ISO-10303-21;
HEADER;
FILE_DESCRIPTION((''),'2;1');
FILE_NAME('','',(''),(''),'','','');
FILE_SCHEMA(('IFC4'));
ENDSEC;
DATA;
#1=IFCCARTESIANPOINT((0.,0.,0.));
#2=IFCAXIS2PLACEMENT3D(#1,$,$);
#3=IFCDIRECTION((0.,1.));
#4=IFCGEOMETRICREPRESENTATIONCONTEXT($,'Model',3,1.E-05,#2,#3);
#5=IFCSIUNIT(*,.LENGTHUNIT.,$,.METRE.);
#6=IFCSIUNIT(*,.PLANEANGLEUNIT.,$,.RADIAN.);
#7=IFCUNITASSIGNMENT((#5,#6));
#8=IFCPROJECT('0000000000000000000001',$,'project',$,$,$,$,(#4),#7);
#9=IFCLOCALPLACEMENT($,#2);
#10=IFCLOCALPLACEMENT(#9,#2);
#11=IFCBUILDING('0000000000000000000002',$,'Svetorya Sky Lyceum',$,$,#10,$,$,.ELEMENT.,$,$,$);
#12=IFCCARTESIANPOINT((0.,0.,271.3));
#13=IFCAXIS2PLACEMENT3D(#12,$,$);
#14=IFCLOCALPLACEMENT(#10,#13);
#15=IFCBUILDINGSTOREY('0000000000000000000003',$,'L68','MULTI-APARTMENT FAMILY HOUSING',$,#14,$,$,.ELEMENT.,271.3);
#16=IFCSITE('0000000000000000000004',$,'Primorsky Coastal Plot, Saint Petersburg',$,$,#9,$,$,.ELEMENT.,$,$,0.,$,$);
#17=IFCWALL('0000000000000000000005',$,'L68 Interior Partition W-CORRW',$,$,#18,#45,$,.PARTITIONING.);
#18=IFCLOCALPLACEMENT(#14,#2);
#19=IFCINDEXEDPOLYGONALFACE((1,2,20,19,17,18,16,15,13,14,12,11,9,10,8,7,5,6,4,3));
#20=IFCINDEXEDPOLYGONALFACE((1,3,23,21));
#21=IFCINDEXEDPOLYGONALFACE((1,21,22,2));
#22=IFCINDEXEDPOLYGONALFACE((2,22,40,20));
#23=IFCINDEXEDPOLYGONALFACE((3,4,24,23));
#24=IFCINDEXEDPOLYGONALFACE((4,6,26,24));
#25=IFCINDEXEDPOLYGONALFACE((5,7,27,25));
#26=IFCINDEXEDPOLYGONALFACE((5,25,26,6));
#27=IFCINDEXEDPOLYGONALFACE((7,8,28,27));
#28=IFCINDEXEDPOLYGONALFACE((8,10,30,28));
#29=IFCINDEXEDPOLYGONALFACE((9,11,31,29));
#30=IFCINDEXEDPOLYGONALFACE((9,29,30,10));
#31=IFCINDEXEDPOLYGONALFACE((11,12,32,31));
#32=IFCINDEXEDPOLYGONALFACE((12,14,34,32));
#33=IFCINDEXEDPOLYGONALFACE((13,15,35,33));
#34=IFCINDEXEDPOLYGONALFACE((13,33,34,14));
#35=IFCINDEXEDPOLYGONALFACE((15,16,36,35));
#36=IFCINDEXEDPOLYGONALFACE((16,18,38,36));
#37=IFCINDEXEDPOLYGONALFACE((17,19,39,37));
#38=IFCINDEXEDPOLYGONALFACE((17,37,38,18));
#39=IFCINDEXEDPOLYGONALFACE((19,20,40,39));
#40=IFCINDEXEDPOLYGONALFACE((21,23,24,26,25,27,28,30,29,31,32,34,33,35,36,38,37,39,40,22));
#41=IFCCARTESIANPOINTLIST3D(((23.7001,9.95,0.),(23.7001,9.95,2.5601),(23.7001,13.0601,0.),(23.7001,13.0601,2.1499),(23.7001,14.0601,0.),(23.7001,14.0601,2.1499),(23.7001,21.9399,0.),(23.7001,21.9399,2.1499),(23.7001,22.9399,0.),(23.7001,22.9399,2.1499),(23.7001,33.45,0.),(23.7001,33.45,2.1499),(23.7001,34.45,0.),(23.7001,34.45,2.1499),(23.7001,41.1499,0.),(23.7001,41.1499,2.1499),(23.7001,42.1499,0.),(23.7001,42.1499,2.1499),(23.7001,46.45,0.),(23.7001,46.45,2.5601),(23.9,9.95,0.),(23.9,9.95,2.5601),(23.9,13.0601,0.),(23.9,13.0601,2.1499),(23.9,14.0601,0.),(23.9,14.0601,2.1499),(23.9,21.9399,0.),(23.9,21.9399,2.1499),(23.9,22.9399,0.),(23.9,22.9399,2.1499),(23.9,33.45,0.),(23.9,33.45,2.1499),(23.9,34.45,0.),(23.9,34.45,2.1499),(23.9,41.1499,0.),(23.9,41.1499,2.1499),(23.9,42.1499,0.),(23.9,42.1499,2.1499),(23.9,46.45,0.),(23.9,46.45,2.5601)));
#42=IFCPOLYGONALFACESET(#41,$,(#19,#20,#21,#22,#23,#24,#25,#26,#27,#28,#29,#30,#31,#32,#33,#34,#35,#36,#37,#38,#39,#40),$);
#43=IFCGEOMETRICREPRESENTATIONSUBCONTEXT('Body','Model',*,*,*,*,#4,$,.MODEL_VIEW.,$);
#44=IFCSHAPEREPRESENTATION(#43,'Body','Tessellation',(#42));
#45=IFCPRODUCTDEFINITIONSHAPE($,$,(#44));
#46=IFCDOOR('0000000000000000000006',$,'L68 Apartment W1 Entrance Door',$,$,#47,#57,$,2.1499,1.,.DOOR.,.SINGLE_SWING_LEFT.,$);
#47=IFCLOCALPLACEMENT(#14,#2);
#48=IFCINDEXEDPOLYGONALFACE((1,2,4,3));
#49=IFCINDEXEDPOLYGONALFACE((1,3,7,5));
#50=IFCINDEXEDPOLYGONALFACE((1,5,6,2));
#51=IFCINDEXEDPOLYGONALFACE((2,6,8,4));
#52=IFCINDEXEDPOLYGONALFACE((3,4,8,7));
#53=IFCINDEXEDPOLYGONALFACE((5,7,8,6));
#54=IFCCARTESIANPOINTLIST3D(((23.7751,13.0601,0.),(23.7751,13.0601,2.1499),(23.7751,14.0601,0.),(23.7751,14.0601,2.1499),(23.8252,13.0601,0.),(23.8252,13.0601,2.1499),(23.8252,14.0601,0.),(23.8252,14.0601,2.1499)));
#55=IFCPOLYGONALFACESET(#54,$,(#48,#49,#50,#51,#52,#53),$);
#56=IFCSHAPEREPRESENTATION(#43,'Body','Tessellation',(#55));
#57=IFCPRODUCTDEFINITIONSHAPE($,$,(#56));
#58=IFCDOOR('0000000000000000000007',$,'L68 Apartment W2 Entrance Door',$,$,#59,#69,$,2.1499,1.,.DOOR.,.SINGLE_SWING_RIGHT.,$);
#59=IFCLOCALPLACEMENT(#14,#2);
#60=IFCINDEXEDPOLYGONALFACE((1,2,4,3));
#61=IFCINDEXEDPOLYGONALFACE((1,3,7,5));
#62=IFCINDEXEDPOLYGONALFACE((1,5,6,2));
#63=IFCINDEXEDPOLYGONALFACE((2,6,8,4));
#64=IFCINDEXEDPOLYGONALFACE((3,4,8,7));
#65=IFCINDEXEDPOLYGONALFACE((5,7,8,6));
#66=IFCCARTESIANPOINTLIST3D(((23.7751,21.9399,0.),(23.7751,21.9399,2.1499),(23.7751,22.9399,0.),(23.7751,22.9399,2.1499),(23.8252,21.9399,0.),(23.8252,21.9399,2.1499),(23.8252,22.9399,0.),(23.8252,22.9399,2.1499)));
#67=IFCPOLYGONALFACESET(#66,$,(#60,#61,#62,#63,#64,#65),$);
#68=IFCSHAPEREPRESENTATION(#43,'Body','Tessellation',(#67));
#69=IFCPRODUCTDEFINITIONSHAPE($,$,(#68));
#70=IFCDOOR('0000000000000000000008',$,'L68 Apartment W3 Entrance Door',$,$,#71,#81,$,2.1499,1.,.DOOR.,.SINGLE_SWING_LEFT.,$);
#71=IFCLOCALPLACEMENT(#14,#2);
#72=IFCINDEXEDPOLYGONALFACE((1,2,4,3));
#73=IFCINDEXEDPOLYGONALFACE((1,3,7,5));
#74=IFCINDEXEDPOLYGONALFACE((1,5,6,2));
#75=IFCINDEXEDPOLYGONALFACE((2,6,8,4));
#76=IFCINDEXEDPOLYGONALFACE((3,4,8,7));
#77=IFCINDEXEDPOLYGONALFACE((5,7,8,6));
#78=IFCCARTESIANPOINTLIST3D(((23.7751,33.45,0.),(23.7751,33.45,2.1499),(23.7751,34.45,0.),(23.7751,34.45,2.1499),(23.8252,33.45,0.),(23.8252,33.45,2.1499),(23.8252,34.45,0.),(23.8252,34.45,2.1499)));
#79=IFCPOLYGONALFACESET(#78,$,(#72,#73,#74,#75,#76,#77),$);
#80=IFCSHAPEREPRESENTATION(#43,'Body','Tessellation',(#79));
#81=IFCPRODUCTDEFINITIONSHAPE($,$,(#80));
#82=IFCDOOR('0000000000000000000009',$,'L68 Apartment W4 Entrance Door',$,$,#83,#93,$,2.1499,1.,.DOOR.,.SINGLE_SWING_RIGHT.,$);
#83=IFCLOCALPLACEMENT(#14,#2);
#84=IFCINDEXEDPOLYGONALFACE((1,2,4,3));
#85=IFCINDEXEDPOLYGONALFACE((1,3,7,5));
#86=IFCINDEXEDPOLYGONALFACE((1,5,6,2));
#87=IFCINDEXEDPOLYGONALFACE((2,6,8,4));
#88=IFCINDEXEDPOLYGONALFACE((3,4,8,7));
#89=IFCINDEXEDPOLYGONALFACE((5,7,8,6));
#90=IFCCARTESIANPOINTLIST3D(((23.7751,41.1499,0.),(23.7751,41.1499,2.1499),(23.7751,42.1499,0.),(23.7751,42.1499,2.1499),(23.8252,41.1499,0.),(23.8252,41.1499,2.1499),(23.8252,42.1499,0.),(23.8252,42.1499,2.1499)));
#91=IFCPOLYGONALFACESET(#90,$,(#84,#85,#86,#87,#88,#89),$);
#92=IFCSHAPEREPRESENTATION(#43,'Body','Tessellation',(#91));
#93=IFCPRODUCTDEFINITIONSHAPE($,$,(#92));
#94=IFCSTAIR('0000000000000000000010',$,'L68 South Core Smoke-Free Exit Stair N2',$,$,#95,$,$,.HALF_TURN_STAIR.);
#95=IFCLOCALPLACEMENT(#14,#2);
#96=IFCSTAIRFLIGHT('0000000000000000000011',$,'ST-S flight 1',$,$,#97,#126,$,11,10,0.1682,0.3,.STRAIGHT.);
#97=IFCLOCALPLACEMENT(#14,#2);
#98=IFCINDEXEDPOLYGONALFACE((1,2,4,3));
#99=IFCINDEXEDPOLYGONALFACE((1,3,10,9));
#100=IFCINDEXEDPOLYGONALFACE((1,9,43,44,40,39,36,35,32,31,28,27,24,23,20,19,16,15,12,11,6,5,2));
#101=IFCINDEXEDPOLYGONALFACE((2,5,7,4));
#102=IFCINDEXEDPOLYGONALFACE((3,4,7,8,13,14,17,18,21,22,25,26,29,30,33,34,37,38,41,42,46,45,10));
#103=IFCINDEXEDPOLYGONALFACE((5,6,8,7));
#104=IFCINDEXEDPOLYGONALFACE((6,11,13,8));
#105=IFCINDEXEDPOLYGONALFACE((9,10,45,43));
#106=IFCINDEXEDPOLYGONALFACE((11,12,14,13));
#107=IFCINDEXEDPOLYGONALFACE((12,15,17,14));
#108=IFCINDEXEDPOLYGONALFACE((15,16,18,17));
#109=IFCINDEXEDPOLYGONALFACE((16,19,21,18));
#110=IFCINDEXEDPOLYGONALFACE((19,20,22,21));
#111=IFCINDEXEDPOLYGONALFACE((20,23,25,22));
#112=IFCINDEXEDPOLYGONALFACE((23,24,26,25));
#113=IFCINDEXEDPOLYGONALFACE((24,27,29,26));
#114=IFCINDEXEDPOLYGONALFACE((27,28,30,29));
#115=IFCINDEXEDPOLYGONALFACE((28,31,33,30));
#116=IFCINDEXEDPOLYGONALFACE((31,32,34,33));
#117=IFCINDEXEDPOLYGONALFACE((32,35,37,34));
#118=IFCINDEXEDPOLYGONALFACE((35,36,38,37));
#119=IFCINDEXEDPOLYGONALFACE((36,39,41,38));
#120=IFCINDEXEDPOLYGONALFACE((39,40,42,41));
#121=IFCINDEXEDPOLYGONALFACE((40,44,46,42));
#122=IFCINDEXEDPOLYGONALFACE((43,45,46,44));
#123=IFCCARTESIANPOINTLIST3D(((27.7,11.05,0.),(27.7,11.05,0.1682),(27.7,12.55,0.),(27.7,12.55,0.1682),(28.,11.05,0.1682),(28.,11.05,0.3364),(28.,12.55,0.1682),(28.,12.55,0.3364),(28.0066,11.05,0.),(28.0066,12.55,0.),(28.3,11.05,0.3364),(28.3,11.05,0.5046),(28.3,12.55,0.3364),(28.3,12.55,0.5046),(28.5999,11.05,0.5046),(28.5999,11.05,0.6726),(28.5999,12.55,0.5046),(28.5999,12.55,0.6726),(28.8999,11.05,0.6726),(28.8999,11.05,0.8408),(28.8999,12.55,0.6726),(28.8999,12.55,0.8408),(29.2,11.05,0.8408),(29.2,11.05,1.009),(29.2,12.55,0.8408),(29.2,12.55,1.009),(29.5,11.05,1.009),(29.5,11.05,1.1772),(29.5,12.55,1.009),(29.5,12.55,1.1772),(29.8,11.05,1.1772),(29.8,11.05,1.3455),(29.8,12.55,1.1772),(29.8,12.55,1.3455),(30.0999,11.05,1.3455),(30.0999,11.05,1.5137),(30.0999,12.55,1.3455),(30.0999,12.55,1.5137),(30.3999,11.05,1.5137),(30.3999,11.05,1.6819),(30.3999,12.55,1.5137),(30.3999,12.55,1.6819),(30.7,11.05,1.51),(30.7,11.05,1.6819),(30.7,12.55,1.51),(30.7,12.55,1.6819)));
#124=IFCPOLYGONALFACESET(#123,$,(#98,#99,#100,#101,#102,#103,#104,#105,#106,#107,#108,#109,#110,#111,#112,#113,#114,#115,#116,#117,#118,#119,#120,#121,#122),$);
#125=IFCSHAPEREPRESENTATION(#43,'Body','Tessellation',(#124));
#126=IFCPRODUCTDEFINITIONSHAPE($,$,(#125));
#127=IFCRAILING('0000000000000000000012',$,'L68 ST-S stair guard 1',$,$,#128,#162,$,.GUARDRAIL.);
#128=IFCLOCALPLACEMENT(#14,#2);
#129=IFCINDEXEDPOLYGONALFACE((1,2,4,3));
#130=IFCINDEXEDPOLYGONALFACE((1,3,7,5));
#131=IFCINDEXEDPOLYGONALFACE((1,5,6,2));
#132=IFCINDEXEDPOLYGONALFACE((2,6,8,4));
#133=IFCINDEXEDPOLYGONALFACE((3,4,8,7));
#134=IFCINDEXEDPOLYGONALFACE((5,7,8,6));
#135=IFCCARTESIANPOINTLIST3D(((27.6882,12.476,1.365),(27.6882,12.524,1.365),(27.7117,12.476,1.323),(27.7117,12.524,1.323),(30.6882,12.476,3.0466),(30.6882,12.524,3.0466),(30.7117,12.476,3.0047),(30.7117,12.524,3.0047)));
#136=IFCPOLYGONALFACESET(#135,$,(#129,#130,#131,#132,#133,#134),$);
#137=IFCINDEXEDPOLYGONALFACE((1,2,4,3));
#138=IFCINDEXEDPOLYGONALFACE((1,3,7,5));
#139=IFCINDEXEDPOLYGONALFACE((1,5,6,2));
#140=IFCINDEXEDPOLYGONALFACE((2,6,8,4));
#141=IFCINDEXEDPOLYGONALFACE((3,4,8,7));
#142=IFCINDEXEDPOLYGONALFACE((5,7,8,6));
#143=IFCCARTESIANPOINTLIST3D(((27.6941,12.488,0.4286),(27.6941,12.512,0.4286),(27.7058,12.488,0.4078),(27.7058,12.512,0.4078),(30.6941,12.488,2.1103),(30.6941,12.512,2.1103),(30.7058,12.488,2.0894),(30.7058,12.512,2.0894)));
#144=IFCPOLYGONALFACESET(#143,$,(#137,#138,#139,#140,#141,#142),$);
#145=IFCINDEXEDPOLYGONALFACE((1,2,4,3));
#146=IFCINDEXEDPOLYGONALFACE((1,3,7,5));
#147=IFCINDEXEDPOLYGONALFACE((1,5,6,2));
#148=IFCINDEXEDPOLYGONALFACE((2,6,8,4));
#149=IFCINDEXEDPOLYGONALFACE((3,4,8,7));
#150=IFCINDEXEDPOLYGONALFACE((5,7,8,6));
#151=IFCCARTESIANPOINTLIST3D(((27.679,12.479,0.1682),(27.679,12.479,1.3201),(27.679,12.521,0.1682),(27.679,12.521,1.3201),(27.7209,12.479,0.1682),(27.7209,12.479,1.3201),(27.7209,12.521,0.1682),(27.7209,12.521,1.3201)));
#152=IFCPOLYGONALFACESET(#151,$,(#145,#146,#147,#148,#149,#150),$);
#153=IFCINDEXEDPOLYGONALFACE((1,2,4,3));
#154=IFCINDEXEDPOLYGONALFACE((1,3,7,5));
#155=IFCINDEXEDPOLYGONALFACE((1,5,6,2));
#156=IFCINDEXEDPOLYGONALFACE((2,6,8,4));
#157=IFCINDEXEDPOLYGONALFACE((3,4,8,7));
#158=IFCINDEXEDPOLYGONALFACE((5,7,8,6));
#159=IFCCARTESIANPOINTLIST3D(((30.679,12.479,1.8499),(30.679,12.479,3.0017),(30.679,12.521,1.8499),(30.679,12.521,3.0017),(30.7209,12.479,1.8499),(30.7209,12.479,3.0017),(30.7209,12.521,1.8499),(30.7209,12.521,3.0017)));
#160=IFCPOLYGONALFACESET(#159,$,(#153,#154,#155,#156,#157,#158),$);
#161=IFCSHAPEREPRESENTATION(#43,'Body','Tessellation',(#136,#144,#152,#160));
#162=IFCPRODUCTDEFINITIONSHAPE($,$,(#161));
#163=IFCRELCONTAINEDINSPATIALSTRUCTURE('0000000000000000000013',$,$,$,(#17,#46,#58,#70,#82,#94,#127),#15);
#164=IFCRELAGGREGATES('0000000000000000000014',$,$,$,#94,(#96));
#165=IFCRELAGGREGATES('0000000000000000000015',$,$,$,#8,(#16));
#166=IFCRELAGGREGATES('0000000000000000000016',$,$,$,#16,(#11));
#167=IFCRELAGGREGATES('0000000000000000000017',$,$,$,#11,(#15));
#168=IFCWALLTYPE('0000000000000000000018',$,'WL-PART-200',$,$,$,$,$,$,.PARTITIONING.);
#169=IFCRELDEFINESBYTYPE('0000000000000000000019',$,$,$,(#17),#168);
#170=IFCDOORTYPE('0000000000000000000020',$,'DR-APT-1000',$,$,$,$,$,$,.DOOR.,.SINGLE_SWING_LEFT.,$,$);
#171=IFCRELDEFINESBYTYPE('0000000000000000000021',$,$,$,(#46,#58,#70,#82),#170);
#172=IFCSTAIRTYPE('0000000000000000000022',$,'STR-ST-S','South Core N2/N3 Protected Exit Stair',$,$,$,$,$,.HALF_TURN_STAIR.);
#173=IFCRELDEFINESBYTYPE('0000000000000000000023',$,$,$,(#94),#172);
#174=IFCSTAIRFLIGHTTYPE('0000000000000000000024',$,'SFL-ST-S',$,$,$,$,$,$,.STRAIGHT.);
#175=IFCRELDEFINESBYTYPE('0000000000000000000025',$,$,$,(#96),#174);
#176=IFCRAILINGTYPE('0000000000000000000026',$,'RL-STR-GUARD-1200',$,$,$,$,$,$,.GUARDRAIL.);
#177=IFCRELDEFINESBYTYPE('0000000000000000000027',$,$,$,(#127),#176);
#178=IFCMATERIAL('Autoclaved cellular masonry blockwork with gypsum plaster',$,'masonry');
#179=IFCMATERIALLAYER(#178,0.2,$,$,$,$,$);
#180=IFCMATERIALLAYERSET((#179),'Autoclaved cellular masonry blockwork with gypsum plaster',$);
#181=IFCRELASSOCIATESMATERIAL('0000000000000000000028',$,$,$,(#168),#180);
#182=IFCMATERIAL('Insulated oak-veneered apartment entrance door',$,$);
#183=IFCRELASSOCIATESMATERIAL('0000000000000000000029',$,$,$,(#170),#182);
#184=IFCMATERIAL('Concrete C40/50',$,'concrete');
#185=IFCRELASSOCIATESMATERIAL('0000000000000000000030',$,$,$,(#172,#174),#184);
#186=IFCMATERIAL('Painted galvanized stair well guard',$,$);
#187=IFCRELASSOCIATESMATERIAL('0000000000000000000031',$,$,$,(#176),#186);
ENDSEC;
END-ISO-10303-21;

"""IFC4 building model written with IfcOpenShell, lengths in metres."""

from ifc_helpers import new_model, si_unit, direction, frame, frame_2d, origin, origin_2d, place, context, subcontext, project, spatial, polyline, rectangle, outline, extrude, material, layer, layer_set, type_object, element, fill, aggregate, save


model = new_model("IFC4")

# Units and contexts
model_context = context("Model", 3, precision=1e-05, world=origin(), true_north=direction((0.0, 1.0)))
body_context = subcontext(model_context, "Body", "Model", "MODEL_VIEW")
ifc_project = project(units=[si_unit("LENGTHUNIT", "METRE"), si_unit("PLANEANGLEUNIT", "RADIAN")], contexts=[model_context])

# Site, building, storey
site_placement = place(None, origin())
site = spatial("IfcSite", under=ifc_project, at=site_placement, Name="Primorsky Coastal Plot, Saint Petersburg", CompositionType="ELEMENT", RefElevation=0.0)
building_placement = place(site_placement, origin())
building = spatial("IfcBuilding", under=site, at=building_placement, Name="Svetorya Sky Lyceum", CompositionType="ELEMENT")
storey_placement = place(building_placement, frame((0.0, 0.0, 271.3)))
storey = spatial("IfcBuildingStorey", under=building, at=storey_placement, Name="L68", Description="MULTI-APARTMENT FAMILY HOUSING", CompositionType="ELEMENT", Elevation=271.3)

# Shared definitions
ifc_material_1 = material(Name="Concrete C40/50", Category="concrete")

# Wall, openings, doors
ifc_material_2 = material(Name="Autoclaved cellular masonry blockwork with gypsum plaster", Category="masonry")
ifc_layer_1 = layer(ifc_material_2, 0.2)
ifc_layer_set_1 = layer_set([ifc_layer_1], Name="Autoclaved cellular masonry blockwork with gypsum plaster")
wall_type_1 = type_object("IfcWallType", Name="WL-PART-200", PredefinedType="PARTITIONING", material=ifc_layer_set_1)
wall_1_placement = place(storey_placement, frame((23.8, 9.95, 0.0), z_axis=(0.0, 0.0, 1.0), x_axis=(0.0, 1.0, 0.0)))
wall_1 = element("IfcWall", 1, at=wall_1_placement, inside=storey, type_object=wall_type_1, Name="L68 Interior Partition W-CORRW", PredefinedType="PARTITIONING", context=body_context, shape_type="SweptSolid", body=[
    extrude(rectangle(XDim=36.5, YDim=0.2, at=frame_2d((18.25, 0.0))), origin(), (0.0, 0.0, 1.0), 2.5601),
])
opening_1_placement = place(wall_1_placement, frame((3.1101, 0.0, 0.0)))
opening_1 = element("IfcOpeningElement", 2, at=opening_1_placement, cuts=wall_1, PredefinedType="OPENING", context=body_context, shape_type="SweptSolid", body=[
    extrude(rectangle(XDim=1.0, YDim=2.1499, at=frame_2d((0.5, 1.075))), frame((0.0, 0.1099, 0.0), z_axis=(0.0, -1.0, 0.0), x_axis=(1.0, 0.0, 0.0)), (0.0, 0.0, 1.0), 0.22),
])
opening_2_placement = place(wall_1_placement, frame((11.99, 0.0, 0.0)))
opening_2 = element("IfcOpeningElement", 3, at=opening_2_placement, cuts=wall_1, PredefinedType="OPENING", context=body_context, shape_type="SweptSolid", body=[
    extrude(rectangle(XDim=1.0, YDim=2.1499, at=frame_2d((0.5, 1.075))), frame((0.0, 0.1099, 0.0), z_axis=(0.0, -1.0, 0.0), x_axis=(1.0, 0.0, 0.0)), (0.0, 0.0, 1.0), 0.22),
])
opening_3_placement = place(wall_1_placement, frame((23.5, 0.0, 0.0)))
opening_3 = element("IfcOpeningElement", 4, at=opening_3_placement, cuts=wall_1, PredefinedType="OPENING", context=body_context, shape_type="SweptSolid", body=[
    extrude(rectangle(XDim=1.0, YDim=2.1499, at=frame_2d((0.5, 1.075))), frame((0.0, 0.1099, 0.0), z_axis=(0.0, -1.0, 0.0), x_axis=(1.0, 0.0, 0.0)), (0.0, 0.0, 1.0), 0.22),
])
opening_4_placement = place(wall_1_placement, frame((31.2, 0.0, 0.0)))
opening_4 = element("IfcOpeningElement", 5, at=opening_4_placement, cuts=wall_1, PredefinedType="OPENING", context=body_context, shape_type="SweptSolid", body=[
    extrude(rectangle(XDim=1.0, YDim=2.1499, at=frame_2d((0.5, 1.075))), frame((0.0, 0.1099, 0.0), z_axis=(0.0, -1.0, 0.0), x_axis=(1.0, 0.0, 0.0)), (0.0, 0.0, 1.0), 0.22),
])
ifc_material_3 = material(Name="Insulated oak-veneered apartment entrance door")
door_type = type_object("IfcDoorType", Name="DR-APT-1000", OperationType="SINGLE_SWING_LEFT", PredefinedType="DOOR", material=ifc_material_3)
door_1_placement = place(opening_1_placement, origin())
door_1 = element("IfcDoor", 6, at=door_1_placement, inside=storey, type_object=door_type, Name="L68 Apartment W1 Entrance Door", OperationType="SINGLE_SWING_LEFT", OverallHeight=2.1499, OverallWidth=1.0, PredefinedType="DOOR", context=body_context, shape_type="SweptSolid", body=[
    extrude(rectangle(XDim=1.0, YDim=2.1499, at=frame_2d((0.5, 1.075))), frame((0.0, 0.0249, 0.0), z_axis=(0.0, -1.0, 0.0), x_axis=(1.0, 0.0, 0.0)), (0.0, 0.0, 1.0), 0.05),
])
fill(opening_1, door_1)
door_2_placement = place(opening_2_placement, origin())
door_2 = element("IfcDoor", 7, at=door_2_placement, inside=storey, type_object=door_type, Name="L68 Apartment W2 Entrance Door", OperationType="SINGLE_SWING_RIGHT", OverallHeight=2.1499, OverallWidth=1.0, PredefinedType="DOOR", context=body_context, shape_type="SweptSolid", body=[
    extrude(rectangle(XDim=1.0, YDim=2.1499, at=frame_2d((0.5, 1.075))), frame((0.0, 0.0249, 0.0), z_axis=(0.0, -1.0, 0.0), x_axis=(1.0, 0.0, 0.0)), (0.0, 0.0, 1.0), 0.05),
])
fill(opening_2, door_2)
door_3_placement = place(opening_3_placement, origin())
door_3 = element("IfcDoor", 8, at=door_3_placement, inside=storey, type_object=door_type, Name="L68 Apartment W3 Entrance Door", OperationType="SINGLE_SWING_LEFT", OverallHeight=2.1499, OverallWidth=1.0, PredefinedType="DOOR", context=body_context, shape_type="SweptSolid", body=[
    extrude(rectangle(XDim=1.0, YDim=2.1499, at=frame_2d((0.5, 1.075))), frame((0.0, 0.0249, 0.0), z_axis=(0.0, -1.0, 0.0), x_axis=(1.0, 0.0, 0.0)), (0.0, 0.0, 1.0), 0.05),
])
fill(opening_3, door_3)
door_4_placement = place(opening_4_placement, origin())
door_4 = element("IfcDoor", 9, at=door_4_placement, inside=storey, type_object=door_type, Name="L68 Apartment W4 Entrance Door", OperationType="SINGLE_SWING_RIGHT", OverallHeight=2.1499, OverallWidth=1.0, PredefinedType="DOOR", context=body_context, shape_type="SweptSolid", body=[
    extrude(rectangle(XDim=1.0, YDim=2.1499, at=frame_2d((0.5, 1.075))), frame((0.0, 0.0249, 0.0), z_axis=(0.0, -1.0, 0.0), x_axis=(1.0, 0.0, 0.0)), (0.0, 0.0, 1.0), 0.05),
])
fill(opening_4, door_4)

# Stair, stair flight
stair_type = type_object("IfcStairType", Name="STR-ST-S", Description="South Core N2/N3 Protected Exit Stair", PredefinedType="HALF_TURN_STAIR", material=ifc_material_1)
stair_placement = place(storey_placement, origin())
stair = element("IfcStair", 10, at=stair_placement, inside=storey, type_object=stair_type, Name="L68 South Core Smoke-Free Exit Stair N2", PredefinedType="HALF_TURN_STAIR")
stair_flight_type = type_object("IfcStairFlightType", Name="SFL-ST-S", PredefinedType="STRAIGHT", material=ifc_material_1)
stair_flight_placement = place(storey_placement, frame((27.7, 11.8, 0.0), z_axis=(0.0, 0.0, 1.0), x_axis=(1.0, 0.0, 0.0)))
stair_flight = element("IfcStairFlight", 11, at=stair_flight_placement, type_object=stair_flight_type, Name="ST-S flight 1", NumberOfRisers=11, NumberOfTreads=10, PredefinedType="STRAIGHT", RiserHeight=0.1682, TreadLength=0.3, context=body_context, shape_type="SweptSolid", body=[
    extrude(outline(polyline([(0.0, 0.0), (0.0, 0.1682), (0.3, 0.1682), (0.3, 0.3364), (0.6001, 0.3364), (0.6001, 0.5046), (0.8999, 0.5046), (0.8999, 0.6726), (1.2, 0.6726), (1.2, 0.8408), (1.5, 0.8408), (1.5, 1.009), (1.8, 1.009), (1.8, 1.1772), (2.1001, 1.1772), (2.1001, 1.3455), (2.3999, 1.3455), (2.3999, 1.5137), (2.7, 1.5137), (2.7, 1.6819), (3.0, 1.6819), (3.0, 1.8501), (3.0, 1.51), (0.3066, 0.0), (0.0, 0.0)])), frame((0.0, 0.75, 0.0), z_axis=(0.0, -1.0, 0.0), x_axis=(1.0, 0.0, 0.0)), (0.0, 0.0, 1.0), 1.5),
])
aggregate(stair, [stair_flight])

# Railing
ifc_material_4 = material(Name="Painted galvanized stair well guard")
railing_type_1 = type_object("IfcRailingType", Name="RL-STR-GUARD-1200", PredefinedType="GUARDRAIL", material=ifc_material_4)
railing_1_placement = place(storey_placement, frame((27.7, 12.5, 0.1682)))
element("IfcRailing", 12, at=railing_1_placement, inside=storey, type_object=railing_type_1, Name="L68 ST-S stair guard 1", PredefinedType="GUARDRAIL", context=body_context, shape_type="SweptSolid", body=[
    extrude(rectangle(XDim=0.0481, YDim=0.0481, at=origin_2d()), frame((0.0, 0.0, 1.1758), z_axis=(0.872303, 0.0, 0.488966), x_axis=(0.0, 1.0, 0.0)), (0.0, 0.0, 1.0), 3.4392),
    extrude(rectangle(XDim=0.0239, YDim=0.0239, at=origin_2d()), frame((0.0, 0.0, 0.25), z_axis=(0.872303, 0.0, 0.488966), x_axis=(0.0, 1.0, 0.0)), (0.0, 0.0, 1.0), 3.4392),
    extrude(rectangle(XDim=0.042, YDim=0.042, at=origin_2d()), origin(), (0.0, 0.0, 1.0), 1.1519),
    extrude(rectangle(XDim=0.042, YDim=0.042, at=origin_2d()), frame((3.0, 0.0, 1.6816)), (0.0, 0.0, 1.0), 1.1519),
])

save(model, "model.ifc")
